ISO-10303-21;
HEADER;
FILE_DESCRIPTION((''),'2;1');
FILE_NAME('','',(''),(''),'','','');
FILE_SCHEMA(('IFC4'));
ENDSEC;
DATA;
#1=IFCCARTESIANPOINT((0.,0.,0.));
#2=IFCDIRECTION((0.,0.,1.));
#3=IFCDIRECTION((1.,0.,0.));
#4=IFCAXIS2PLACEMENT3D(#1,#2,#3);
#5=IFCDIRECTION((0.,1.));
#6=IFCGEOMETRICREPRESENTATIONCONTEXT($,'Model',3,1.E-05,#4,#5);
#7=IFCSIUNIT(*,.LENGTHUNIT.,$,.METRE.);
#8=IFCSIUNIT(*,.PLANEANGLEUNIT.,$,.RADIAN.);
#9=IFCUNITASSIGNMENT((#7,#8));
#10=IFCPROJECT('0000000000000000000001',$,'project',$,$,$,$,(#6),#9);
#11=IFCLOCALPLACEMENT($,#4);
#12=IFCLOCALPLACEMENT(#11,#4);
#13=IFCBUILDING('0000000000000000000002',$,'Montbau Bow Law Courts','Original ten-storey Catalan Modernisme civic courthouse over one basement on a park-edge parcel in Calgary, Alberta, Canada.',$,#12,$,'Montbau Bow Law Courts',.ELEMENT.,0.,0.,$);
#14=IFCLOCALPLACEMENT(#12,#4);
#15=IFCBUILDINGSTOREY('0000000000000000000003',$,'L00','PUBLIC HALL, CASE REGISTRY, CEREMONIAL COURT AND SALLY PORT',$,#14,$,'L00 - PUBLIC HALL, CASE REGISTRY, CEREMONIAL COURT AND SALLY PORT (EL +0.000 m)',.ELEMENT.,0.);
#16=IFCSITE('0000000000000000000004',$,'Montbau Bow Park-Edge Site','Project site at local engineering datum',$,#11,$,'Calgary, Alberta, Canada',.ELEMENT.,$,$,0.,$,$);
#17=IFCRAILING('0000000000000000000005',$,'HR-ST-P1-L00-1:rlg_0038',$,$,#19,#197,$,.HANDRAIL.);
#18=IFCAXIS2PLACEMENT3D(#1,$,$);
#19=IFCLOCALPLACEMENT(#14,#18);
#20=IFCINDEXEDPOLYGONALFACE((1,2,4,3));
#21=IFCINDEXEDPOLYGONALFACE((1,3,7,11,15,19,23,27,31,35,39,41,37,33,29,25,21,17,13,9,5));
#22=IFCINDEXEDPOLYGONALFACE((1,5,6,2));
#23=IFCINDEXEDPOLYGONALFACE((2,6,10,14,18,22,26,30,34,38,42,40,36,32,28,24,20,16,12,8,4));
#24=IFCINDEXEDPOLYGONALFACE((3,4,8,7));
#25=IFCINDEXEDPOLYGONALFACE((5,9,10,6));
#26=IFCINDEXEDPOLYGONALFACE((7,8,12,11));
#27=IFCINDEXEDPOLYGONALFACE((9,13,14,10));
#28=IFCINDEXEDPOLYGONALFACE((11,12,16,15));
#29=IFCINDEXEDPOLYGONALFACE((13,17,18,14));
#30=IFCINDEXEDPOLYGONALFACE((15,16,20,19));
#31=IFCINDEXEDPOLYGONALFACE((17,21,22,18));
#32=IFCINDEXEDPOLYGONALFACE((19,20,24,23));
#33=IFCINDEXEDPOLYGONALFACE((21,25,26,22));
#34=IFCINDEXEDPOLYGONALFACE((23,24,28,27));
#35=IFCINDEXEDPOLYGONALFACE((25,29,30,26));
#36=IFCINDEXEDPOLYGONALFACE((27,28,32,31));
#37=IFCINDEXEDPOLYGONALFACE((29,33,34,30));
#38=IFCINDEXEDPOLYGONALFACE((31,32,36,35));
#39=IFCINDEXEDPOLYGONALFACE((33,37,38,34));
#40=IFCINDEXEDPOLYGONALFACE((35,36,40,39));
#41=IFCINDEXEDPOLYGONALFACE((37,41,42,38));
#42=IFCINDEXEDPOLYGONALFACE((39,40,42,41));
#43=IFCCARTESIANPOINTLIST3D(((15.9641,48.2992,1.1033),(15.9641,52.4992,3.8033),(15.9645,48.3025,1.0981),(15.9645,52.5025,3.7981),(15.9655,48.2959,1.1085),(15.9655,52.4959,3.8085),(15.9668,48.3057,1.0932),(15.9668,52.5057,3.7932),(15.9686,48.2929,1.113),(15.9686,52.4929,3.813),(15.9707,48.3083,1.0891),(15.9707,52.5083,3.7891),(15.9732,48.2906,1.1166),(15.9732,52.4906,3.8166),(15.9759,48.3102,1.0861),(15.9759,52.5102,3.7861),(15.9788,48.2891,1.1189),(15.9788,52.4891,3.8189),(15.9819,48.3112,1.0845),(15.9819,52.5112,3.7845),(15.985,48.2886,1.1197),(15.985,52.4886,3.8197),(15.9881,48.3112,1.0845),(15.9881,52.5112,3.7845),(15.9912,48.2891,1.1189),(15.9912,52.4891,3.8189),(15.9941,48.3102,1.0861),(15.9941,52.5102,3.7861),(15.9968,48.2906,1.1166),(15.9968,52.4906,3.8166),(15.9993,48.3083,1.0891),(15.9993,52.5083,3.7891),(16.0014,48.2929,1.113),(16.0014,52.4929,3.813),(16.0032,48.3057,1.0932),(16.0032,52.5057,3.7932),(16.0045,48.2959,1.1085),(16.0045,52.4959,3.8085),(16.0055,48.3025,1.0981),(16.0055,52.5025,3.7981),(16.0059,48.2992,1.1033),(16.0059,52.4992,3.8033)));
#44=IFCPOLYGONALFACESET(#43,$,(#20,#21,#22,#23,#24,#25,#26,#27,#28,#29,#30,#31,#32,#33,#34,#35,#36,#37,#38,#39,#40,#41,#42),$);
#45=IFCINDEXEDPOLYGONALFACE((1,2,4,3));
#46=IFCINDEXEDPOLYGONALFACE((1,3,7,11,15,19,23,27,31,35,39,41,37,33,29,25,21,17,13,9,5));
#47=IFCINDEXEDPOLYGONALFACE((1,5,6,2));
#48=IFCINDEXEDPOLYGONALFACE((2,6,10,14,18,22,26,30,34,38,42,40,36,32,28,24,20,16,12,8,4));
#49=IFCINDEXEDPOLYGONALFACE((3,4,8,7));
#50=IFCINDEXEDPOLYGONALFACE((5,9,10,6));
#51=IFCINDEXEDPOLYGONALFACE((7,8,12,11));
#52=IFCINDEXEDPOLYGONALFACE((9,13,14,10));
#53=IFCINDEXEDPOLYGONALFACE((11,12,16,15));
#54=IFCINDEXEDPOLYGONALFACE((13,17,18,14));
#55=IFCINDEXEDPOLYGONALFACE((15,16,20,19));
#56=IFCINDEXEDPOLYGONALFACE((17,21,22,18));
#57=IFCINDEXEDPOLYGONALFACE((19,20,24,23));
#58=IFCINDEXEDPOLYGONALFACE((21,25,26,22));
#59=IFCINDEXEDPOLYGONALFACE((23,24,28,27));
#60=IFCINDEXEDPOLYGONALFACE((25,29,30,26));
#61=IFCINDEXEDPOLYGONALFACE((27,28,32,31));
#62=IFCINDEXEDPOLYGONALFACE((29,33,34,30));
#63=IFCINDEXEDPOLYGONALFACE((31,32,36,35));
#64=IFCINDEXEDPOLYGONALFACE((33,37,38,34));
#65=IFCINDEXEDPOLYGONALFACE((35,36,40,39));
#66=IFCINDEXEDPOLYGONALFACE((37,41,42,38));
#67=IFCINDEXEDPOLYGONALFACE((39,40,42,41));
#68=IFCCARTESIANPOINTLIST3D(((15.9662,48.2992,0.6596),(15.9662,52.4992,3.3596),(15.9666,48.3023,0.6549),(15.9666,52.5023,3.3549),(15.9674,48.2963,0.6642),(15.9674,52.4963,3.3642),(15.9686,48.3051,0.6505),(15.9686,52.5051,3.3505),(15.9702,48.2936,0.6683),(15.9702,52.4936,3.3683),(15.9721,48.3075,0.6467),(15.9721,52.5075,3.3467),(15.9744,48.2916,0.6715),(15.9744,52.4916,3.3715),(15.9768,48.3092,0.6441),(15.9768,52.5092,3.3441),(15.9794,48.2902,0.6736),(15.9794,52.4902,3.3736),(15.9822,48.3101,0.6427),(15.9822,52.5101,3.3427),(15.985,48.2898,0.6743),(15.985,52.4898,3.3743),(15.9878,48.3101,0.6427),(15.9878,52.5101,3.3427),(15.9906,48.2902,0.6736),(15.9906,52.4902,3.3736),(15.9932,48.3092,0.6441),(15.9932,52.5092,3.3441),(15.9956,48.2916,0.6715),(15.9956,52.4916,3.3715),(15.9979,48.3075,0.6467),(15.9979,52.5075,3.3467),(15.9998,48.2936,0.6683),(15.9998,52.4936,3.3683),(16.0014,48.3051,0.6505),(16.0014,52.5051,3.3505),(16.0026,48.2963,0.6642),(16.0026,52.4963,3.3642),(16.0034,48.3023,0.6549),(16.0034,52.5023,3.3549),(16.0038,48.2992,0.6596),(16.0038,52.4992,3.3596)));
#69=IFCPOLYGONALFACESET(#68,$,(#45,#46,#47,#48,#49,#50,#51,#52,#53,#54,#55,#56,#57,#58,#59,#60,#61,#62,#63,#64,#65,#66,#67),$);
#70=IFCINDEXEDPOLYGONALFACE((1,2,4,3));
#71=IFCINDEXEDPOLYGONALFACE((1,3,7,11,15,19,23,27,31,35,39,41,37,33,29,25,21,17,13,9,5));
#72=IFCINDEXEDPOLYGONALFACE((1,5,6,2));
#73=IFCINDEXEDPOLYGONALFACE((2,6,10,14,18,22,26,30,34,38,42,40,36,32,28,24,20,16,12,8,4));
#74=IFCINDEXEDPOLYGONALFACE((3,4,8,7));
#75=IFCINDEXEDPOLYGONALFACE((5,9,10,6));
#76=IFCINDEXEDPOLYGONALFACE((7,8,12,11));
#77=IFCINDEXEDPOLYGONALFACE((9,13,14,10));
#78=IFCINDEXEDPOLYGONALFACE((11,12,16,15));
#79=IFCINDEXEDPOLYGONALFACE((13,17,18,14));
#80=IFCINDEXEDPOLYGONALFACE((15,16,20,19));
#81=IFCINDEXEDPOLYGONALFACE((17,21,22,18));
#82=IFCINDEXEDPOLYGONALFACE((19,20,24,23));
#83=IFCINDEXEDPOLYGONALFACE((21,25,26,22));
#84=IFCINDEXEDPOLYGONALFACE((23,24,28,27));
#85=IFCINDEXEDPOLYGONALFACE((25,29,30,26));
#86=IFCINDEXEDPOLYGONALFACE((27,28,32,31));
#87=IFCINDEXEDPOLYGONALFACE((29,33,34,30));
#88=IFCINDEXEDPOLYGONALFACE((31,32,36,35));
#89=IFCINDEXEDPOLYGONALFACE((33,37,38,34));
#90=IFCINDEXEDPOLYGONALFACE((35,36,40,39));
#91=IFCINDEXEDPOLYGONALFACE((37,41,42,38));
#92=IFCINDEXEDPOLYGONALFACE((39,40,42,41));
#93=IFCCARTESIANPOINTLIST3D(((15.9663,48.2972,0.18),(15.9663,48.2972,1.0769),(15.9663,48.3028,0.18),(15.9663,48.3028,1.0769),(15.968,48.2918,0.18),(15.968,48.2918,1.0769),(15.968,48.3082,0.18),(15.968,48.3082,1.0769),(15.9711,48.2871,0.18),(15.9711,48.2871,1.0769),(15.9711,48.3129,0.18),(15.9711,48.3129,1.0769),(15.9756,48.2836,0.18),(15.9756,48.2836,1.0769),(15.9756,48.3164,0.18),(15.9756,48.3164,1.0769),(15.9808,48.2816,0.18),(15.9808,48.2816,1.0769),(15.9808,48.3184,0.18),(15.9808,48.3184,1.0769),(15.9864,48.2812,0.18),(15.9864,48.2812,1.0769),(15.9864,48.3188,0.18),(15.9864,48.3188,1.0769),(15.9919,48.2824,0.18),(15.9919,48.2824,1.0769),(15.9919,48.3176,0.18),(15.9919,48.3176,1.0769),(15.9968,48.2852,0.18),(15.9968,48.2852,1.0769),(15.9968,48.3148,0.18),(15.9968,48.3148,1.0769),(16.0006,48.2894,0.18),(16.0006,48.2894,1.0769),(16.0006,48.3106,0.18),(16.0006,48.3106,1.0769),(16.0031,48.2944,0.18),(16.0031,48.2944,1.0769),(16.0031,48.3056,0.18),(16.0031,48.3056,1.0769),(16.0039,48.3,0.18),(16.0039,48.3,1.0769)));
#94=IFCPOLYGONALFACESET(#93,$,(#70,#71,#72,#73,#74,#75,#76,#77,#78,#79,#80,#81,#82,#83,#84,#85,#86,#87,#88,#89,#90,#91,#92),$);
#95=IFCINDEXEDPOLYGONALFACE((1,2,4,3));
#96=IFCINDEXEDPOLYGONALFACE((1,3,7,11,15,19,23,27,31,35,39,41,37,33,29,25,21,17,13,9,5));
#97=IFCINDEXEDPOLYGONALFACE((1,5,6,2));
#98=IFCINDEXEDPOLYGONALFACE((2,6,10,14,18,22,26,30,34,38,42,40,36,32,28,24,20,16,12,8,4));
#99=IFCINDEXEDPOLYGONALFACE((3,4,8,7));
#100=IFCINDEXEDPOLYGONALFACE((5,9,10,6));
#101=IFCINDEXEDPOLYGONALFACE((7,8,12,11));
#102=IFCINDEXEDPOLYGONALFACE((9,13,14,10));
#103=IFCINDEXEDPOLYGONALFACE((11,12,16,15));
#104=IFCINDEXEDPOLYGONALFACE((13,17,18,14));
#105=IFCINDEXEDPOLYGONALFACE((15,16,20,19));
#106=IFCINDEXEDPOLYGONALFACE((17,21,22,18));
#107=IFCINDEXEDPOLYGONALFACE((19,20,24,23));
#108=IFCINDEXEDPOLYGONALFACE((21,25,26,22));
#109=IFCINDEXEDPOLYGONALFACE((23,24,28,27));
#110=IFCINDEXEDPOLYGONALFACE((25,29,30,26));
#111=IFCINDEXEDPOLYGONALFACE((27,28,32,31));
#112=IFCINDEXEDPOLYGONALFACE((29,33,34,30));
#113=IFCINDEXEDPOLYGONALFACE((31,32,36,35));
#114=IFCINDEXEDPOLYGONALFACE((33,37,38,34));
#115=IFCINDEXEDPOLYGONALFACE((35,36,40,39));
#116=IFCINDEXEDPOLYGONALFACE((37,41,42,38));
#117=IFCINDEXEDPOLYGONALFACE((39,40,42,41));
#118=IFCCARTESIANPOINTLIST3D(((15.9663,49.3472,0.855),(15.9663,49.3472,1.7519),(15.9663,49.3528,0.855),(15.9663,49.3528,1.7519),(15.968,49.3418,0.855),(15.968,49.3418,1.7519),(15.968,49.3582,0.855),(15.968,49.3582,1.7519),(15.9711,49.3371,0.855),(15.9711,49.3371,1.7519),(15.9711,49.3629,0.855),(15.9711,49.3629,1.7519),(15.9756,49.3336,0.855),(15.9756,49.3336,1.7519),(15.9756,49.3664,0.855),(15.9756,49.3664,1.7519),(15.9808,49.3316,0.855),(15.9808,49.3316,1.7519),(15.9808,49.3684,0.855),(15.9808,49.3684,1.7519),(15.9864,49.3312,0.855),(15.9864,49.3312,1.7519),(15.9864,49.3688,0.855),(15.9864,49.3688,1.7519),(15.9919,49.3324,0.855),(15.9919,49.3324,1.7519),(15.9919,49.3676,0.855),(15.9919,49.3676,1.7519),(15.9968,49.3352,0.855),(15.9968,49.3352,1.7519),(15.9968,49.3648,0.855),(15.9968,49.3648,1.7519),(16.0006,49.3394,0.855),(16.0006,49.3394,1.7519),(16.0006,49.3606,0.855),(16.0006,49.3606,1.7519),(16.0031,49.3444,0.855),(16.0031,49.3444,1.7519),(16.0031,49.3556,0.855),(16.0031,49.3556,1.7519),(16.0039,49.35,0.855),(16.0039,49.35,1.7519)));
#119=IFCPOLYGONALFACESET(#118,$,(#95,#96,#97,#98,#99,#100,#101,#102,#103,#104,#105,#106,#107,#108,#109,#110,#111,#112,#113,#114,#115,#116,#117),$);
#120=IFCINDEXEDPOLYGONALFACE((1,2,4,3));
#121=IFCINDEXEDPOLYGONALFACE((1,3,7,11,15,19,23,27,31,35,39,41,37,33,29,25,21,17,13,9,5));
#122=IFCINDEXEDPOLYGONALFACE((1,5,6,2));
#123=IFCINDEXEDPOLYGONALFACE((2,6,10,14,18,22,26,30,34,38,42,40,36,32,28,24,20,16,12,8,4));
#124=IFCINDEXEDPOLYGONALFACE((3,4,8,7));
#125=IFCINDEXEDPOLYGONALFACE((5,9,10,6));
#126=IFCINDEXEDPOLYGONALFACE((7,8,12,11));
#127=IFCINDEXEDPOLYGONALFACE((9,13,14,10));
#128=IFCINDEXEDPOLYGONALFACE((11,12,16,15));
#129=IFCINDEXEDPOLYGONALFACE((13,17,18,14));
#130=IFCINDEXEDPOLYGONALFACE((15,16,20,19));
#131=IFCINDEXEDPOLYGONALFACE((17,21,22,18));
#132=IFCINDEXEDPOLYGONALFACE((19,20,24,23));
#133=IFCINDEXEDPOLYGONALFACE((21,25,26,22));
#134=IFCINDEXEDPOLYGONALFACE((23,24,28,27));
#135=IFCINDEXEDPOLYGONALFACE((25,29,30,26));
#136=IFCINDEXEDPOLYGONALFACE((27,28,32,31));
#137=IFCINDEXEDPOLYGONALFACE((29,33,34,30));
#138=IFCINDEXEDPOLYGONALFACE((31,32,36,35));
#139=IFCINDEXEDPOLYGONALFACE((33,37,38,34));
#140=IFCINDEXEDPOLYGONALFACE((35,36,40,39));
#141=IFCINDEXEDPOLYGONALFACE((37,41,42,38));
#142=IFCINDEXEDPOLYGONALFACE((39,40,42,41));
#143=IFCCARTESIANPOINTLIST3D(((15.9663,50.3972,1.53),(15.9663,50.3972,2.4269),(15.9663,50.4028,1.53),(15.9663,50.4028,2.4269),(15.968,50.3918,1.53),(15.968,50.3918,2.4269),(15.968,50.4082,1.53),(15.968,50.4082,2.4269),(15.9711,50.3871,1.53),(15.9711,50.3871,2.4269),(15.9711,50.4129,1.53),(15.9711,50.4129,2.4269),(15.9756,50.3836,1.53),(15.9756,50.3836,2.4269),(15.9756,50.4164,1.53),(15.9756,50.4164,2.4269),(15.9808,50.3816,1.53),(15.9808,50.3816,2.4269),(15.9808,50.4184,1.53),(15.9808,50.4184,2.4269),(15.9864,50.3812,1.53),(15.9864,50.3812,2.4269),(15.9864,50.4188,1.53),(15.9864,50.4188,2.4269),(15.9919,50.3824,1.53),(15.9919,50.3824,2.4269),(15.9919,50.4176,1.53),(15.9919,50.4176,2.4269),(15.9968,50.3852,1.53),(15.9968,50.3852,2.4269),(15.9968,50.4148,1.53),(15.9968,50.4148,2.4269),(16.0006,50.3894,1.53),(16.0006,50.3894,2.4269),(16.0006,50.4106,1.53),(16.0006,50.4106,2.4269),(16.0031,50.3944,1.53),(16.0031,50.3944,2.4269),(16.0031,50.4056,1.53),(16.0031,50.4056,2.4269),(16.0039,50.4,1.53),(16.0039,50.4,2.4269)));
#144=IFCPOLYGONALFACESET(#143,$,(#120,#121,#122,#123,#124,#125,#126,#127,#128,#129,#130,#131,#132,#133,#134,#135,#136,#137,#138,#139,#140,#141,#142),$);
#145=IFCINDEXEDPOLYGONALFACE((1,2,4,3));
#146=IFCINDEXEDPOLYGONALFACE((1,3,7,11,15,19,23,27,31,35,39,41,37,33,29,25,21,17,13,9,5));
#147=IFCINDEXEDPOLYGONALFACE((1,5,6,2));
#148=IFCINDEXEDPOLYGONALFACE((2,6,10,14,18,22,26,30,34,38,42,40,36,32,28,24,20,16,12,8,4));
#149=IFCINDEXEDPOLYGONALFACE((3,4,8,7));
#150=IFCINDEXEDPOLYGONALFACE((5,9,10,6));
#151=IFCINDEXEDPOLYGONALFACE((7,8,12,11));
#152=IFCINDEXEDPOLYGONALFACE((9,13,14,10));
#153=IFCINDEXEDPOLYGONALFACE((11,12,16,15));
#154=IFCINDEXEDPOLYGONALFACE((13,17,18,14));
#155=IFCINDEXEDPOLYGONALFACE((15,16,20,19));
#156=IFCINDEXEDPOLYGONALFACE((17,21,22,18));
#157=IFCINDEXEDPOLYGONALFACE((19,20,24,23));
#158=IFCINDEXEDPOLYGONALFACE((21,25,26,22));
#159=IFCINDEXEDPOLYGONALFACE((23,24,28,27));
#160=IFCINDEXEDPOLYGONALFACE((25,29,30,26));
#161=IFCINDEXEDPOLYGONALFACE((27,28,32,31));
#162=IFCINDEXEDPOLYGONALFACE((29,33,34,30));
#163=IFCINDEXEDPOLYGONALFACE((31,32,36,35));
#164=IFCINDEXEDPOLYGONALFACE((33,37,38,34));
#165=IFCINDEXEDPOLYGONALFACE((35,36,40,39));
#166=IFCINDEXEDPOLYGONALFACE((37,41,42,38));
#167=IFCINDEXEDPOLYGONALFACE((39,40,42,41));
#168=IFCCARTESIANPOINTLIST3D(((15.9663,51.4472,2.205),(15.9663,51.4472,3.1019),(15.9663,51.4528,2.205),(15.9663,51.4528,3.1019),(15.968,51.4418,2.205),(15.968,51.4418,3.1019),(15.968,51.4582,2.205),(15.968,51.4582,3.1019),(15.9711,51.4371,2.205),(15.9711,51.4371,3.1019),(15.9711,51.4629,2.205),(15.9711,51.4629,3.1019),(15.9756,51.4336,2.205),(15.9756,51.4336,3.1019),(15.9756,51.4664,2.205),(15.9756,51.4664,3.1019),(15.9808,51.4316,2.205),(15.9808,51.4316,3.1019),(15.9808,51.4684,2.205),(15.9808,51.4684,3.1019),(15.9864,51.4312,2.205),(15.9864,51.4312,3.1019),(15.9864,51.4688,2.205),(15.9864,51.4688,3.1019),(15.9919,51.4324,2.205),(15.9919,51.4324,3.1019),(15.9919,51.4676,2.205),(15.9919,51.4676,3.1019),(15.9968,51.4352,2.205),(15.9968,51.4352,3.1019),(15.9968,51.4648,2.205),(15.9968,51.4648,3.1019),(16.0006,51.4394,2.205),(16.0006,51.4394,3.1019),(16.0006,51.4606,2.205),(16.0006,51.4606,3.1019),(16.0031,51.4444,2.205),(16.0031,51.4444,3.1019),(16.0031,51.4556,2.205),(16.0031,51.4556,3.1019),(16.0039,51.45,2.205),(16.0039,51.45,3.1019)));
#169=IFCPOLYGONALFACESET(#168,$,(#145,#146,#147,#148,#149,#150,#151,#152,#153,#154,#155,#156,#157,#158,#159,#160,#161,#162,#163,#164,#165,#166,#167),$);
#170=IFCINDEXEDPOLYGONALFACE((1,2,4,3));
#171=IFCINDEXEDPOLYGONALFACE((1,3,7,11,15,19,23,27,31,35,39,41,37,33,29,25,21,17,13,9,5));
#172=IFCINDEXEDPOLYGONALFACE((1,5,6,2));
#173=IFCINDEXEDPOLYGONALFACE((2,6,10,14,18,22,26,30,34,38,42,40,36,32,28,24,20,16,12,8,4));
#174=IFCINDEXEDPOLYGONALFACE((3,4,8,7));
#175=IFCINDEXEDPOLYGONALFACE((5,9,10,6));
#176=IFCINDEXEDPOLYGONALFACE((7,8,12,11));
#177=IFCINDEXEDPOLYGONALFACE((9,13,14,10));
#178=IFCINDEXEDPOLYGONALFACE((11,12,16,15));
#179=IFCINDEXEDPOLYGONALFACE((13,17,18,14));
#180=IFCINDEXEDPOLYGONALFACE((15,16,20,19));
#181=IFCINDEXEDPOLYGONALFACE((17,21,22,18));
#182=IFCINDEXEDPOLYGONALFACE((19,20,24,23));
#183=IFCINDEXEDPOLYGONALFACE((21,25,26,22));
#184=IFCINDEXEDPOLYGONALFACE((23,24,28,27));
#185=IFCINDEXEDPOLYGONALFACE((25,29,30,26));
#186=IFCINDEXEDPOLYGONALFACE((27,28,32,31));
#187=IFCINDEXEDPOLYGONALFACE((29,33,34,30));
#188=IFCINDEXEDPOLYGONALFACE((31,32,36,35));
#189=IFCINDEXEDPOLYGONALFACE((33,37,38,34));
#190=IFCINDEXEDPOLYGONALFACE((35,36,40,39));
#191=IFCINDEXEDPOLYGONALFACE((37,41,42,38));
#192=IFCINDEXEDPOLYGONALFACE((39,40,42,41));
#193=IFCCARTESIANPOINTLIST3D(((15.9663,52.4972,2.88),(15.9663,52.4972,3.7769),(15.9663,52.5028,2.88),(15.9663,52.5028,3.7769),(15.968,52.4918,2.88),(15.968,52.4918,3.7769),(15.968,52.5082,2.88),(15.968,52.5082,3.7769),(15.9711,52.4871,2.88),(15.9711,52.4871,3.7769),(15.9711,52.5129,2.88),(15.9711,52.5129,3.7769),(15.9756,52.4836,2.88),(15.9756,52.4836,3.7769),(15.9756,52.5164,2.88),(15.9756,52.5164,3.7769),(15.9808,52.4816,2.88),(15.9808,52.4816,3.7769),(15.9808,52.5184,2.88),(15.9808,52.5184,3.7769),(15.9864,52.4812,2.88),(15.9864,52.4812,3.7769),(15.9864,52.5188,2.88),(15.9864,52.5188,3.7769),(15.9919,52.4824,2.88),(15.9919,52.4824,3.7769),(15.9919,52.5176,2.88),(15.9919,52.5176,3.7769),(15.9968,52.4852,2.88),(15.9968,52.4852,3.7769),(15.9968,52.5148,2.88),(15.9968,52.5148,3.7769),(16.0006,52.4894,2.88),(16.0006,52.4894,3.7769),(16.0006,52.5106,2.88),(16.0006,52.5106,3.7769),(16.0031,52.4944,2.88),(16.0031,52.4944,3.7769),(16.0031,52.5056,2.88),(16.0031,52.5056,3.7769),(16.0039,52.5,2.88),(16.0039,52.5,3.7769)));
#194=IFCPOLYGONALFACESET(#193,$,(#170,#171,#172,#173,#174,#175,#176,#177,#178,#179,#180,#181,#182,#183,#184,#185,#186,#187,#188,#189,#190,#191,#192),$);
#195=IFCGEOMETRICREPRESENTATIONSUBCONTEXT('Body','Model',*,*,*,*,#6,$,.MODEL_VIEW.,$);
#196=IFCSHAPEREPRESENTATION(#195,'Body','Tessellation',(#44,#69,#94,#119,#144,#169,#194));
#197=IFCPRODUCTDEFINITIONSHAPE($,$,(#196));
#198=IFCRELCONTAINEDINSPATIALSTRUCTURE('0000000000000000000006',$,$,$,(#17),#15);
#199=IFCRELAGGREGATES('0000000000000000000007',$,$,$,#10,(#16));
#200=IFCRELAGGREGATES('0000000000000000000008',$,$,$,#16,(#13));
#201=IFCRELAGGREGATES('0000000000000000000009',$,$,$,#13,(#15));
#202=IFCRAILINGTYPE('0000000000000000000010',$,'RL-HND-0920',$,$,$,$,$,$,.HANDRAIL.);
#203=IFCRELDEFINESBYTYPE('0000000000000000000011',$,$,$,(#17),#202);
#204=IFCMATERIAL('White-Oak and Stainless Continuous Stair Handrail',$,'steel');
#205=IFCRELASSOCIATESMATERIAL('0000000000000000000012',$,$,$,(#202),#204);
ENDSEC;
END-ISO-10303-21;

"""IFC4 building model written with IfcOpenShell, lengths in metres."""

from ifc_helpers import new_model, si_unit, direction, frame, origin_with_axes, origin_2d_with_axis, place, context, subcontext, project, spatial, circle, extrude, material, type_object, element, save


model = new_model("IFC4")

# Units and contexts
model_context = context("Model", 3, precision=1e-05, world=origin_with_axes(), true_north=direction((0.0, 1.0)))
body_context = subcontext(model_context, "Body", "Model", "MODEL_VIEW")
ifc_project = project(units=[si_unit("LENGTHUNIT", "METRE"), si_unit("PLANEANGLEUNIT", "RADIAN")], contexts=[model_context])

# Site, building, storey
site_placement = place(None, origin_with_axes())
site = spatial("IfcSite", under=ifc_project, at=site_placement, Name="Montbau Bow Park-Edge Site", Description="Project site at local engineering datum", LongName="Calgary, Alberta, Canada", CompositionType="ELEMENT", RefElevation=0.0)
building_placement = place(site_placement, origin_with_axes())
building = spatial("IfcBuilding", under=site, at=building_placement, Name="Montbau Bow Law Courts", Description="Original ten-storey Catalan Modernisme civic courthouse over one basement on a park-edge parcel in Calgary, Alberta, Canada.", LongName="Montbau Bow Law Courts", CompositionType="ELEMENT", ElevationOfRefHeight=0.0, ElevationOfTerrain=0.0)
storey_placement = place(building_placement, origin_with_axes())
storey = spatial("IfcBuildingStorey", under=building, at=storey_placement, Name="L00", Description="PUBLIC HALL, CASE REGISTRY, CEREMONIAL COURT AND SALLY PORT", LongName="L00 - PUBLIC HALL, CASE REGISTRY, CEREMONIAL COURT AND SALLY PORT (EL +0.000 m)", CompositionType="ELEMENT", Elevation=0.0)

# Railing
ifc_material_1 = material(Name="White-Oak and Stainless Continuous Stair Handrail", Category="steel")
railing_type_1 = type_object("IfcRailingType", Name="RL-HND-0920", PredefinedType="HANDRAIL", material=ifc_material_1)
railing_1_placement = place(None, origin_with_axes())
element("IfcRailing", 1, at=railing_1_placement, inside=storey, type_object=railing_type_1, Name="HR-ST-P1-L00-1:rlg_0038", PredefinedType="HANDRAIL", context=body_context, shape_type="SweptSolid", body=[
    extrude(circle(Radius=0.021, at=origin_2d_with_axis()), frame((15.985, 48.3, 1.102), z_axis=(0.0, 0.841178, 0.540758), x_axis=(0.0, -0.540758, 0.841178)), (0.0, 0.0, 1.0), 4.993),
    extrude(circle(Radius=0.0189, at=origin_2d_with_axis()), frame((15.985, 48.3, 0.6584), z_axis=(0.0, 0.841178, 0.540758), x_axis=(0.0, -0.540758, 0.841178)), (0.0, 0.0, 1.0), 4.993),
    extrude(circle(Radius=0.0189, at=origin_2d_with_axis()), frame((15.985, 48.3, 0.18), z_axis=(0.0, 0.0, 1.0), x_axis=(1.0, 0.0, 0.0)), (0.0, 0.0, 1.0), 0.8969),
    extrude(circle(Radius=0.0189, at=origin_2d_with_axis()), frame((15.985, 49.35, 0.855), z_axis=(0.0, 0.0, 1.0), x_axis=(1.0, 0.0, 0.0)), (0.0, 0.0, 1.0), 0.8969),
    extrude(circle(Radius=0.0189, at=origin_2d_with_axis()), frame((15.985, 50.4, 1.53), z_axis=(0.0, 0.0, 1.0), x_axis=(1.0, 0.0, 0.0)), (0.0, 0.0, 1.0), 0.8969),
    extrude(circle(Radius=0.0189, at=origin_2d_with_axis()), frame((15.985, 51.45, 2.205), z_axis=(0.0, 0.0, 1.0), x_axis=(1.0, 0.0, 0.0)), (0.0, 0.0, 1.0), 0.8969),
    extrude(circle(Radius=0.0189, at=origin_2d_with_axis()), frame((15.985, 52.5, 2.88), z_axis=(0.0, 0.0, 1.0), x_axis=(1.0, 0.0, 0.0)), (0.0, 0.0, 1.0), 0.8969),
])

save(model, "model.ifc")
